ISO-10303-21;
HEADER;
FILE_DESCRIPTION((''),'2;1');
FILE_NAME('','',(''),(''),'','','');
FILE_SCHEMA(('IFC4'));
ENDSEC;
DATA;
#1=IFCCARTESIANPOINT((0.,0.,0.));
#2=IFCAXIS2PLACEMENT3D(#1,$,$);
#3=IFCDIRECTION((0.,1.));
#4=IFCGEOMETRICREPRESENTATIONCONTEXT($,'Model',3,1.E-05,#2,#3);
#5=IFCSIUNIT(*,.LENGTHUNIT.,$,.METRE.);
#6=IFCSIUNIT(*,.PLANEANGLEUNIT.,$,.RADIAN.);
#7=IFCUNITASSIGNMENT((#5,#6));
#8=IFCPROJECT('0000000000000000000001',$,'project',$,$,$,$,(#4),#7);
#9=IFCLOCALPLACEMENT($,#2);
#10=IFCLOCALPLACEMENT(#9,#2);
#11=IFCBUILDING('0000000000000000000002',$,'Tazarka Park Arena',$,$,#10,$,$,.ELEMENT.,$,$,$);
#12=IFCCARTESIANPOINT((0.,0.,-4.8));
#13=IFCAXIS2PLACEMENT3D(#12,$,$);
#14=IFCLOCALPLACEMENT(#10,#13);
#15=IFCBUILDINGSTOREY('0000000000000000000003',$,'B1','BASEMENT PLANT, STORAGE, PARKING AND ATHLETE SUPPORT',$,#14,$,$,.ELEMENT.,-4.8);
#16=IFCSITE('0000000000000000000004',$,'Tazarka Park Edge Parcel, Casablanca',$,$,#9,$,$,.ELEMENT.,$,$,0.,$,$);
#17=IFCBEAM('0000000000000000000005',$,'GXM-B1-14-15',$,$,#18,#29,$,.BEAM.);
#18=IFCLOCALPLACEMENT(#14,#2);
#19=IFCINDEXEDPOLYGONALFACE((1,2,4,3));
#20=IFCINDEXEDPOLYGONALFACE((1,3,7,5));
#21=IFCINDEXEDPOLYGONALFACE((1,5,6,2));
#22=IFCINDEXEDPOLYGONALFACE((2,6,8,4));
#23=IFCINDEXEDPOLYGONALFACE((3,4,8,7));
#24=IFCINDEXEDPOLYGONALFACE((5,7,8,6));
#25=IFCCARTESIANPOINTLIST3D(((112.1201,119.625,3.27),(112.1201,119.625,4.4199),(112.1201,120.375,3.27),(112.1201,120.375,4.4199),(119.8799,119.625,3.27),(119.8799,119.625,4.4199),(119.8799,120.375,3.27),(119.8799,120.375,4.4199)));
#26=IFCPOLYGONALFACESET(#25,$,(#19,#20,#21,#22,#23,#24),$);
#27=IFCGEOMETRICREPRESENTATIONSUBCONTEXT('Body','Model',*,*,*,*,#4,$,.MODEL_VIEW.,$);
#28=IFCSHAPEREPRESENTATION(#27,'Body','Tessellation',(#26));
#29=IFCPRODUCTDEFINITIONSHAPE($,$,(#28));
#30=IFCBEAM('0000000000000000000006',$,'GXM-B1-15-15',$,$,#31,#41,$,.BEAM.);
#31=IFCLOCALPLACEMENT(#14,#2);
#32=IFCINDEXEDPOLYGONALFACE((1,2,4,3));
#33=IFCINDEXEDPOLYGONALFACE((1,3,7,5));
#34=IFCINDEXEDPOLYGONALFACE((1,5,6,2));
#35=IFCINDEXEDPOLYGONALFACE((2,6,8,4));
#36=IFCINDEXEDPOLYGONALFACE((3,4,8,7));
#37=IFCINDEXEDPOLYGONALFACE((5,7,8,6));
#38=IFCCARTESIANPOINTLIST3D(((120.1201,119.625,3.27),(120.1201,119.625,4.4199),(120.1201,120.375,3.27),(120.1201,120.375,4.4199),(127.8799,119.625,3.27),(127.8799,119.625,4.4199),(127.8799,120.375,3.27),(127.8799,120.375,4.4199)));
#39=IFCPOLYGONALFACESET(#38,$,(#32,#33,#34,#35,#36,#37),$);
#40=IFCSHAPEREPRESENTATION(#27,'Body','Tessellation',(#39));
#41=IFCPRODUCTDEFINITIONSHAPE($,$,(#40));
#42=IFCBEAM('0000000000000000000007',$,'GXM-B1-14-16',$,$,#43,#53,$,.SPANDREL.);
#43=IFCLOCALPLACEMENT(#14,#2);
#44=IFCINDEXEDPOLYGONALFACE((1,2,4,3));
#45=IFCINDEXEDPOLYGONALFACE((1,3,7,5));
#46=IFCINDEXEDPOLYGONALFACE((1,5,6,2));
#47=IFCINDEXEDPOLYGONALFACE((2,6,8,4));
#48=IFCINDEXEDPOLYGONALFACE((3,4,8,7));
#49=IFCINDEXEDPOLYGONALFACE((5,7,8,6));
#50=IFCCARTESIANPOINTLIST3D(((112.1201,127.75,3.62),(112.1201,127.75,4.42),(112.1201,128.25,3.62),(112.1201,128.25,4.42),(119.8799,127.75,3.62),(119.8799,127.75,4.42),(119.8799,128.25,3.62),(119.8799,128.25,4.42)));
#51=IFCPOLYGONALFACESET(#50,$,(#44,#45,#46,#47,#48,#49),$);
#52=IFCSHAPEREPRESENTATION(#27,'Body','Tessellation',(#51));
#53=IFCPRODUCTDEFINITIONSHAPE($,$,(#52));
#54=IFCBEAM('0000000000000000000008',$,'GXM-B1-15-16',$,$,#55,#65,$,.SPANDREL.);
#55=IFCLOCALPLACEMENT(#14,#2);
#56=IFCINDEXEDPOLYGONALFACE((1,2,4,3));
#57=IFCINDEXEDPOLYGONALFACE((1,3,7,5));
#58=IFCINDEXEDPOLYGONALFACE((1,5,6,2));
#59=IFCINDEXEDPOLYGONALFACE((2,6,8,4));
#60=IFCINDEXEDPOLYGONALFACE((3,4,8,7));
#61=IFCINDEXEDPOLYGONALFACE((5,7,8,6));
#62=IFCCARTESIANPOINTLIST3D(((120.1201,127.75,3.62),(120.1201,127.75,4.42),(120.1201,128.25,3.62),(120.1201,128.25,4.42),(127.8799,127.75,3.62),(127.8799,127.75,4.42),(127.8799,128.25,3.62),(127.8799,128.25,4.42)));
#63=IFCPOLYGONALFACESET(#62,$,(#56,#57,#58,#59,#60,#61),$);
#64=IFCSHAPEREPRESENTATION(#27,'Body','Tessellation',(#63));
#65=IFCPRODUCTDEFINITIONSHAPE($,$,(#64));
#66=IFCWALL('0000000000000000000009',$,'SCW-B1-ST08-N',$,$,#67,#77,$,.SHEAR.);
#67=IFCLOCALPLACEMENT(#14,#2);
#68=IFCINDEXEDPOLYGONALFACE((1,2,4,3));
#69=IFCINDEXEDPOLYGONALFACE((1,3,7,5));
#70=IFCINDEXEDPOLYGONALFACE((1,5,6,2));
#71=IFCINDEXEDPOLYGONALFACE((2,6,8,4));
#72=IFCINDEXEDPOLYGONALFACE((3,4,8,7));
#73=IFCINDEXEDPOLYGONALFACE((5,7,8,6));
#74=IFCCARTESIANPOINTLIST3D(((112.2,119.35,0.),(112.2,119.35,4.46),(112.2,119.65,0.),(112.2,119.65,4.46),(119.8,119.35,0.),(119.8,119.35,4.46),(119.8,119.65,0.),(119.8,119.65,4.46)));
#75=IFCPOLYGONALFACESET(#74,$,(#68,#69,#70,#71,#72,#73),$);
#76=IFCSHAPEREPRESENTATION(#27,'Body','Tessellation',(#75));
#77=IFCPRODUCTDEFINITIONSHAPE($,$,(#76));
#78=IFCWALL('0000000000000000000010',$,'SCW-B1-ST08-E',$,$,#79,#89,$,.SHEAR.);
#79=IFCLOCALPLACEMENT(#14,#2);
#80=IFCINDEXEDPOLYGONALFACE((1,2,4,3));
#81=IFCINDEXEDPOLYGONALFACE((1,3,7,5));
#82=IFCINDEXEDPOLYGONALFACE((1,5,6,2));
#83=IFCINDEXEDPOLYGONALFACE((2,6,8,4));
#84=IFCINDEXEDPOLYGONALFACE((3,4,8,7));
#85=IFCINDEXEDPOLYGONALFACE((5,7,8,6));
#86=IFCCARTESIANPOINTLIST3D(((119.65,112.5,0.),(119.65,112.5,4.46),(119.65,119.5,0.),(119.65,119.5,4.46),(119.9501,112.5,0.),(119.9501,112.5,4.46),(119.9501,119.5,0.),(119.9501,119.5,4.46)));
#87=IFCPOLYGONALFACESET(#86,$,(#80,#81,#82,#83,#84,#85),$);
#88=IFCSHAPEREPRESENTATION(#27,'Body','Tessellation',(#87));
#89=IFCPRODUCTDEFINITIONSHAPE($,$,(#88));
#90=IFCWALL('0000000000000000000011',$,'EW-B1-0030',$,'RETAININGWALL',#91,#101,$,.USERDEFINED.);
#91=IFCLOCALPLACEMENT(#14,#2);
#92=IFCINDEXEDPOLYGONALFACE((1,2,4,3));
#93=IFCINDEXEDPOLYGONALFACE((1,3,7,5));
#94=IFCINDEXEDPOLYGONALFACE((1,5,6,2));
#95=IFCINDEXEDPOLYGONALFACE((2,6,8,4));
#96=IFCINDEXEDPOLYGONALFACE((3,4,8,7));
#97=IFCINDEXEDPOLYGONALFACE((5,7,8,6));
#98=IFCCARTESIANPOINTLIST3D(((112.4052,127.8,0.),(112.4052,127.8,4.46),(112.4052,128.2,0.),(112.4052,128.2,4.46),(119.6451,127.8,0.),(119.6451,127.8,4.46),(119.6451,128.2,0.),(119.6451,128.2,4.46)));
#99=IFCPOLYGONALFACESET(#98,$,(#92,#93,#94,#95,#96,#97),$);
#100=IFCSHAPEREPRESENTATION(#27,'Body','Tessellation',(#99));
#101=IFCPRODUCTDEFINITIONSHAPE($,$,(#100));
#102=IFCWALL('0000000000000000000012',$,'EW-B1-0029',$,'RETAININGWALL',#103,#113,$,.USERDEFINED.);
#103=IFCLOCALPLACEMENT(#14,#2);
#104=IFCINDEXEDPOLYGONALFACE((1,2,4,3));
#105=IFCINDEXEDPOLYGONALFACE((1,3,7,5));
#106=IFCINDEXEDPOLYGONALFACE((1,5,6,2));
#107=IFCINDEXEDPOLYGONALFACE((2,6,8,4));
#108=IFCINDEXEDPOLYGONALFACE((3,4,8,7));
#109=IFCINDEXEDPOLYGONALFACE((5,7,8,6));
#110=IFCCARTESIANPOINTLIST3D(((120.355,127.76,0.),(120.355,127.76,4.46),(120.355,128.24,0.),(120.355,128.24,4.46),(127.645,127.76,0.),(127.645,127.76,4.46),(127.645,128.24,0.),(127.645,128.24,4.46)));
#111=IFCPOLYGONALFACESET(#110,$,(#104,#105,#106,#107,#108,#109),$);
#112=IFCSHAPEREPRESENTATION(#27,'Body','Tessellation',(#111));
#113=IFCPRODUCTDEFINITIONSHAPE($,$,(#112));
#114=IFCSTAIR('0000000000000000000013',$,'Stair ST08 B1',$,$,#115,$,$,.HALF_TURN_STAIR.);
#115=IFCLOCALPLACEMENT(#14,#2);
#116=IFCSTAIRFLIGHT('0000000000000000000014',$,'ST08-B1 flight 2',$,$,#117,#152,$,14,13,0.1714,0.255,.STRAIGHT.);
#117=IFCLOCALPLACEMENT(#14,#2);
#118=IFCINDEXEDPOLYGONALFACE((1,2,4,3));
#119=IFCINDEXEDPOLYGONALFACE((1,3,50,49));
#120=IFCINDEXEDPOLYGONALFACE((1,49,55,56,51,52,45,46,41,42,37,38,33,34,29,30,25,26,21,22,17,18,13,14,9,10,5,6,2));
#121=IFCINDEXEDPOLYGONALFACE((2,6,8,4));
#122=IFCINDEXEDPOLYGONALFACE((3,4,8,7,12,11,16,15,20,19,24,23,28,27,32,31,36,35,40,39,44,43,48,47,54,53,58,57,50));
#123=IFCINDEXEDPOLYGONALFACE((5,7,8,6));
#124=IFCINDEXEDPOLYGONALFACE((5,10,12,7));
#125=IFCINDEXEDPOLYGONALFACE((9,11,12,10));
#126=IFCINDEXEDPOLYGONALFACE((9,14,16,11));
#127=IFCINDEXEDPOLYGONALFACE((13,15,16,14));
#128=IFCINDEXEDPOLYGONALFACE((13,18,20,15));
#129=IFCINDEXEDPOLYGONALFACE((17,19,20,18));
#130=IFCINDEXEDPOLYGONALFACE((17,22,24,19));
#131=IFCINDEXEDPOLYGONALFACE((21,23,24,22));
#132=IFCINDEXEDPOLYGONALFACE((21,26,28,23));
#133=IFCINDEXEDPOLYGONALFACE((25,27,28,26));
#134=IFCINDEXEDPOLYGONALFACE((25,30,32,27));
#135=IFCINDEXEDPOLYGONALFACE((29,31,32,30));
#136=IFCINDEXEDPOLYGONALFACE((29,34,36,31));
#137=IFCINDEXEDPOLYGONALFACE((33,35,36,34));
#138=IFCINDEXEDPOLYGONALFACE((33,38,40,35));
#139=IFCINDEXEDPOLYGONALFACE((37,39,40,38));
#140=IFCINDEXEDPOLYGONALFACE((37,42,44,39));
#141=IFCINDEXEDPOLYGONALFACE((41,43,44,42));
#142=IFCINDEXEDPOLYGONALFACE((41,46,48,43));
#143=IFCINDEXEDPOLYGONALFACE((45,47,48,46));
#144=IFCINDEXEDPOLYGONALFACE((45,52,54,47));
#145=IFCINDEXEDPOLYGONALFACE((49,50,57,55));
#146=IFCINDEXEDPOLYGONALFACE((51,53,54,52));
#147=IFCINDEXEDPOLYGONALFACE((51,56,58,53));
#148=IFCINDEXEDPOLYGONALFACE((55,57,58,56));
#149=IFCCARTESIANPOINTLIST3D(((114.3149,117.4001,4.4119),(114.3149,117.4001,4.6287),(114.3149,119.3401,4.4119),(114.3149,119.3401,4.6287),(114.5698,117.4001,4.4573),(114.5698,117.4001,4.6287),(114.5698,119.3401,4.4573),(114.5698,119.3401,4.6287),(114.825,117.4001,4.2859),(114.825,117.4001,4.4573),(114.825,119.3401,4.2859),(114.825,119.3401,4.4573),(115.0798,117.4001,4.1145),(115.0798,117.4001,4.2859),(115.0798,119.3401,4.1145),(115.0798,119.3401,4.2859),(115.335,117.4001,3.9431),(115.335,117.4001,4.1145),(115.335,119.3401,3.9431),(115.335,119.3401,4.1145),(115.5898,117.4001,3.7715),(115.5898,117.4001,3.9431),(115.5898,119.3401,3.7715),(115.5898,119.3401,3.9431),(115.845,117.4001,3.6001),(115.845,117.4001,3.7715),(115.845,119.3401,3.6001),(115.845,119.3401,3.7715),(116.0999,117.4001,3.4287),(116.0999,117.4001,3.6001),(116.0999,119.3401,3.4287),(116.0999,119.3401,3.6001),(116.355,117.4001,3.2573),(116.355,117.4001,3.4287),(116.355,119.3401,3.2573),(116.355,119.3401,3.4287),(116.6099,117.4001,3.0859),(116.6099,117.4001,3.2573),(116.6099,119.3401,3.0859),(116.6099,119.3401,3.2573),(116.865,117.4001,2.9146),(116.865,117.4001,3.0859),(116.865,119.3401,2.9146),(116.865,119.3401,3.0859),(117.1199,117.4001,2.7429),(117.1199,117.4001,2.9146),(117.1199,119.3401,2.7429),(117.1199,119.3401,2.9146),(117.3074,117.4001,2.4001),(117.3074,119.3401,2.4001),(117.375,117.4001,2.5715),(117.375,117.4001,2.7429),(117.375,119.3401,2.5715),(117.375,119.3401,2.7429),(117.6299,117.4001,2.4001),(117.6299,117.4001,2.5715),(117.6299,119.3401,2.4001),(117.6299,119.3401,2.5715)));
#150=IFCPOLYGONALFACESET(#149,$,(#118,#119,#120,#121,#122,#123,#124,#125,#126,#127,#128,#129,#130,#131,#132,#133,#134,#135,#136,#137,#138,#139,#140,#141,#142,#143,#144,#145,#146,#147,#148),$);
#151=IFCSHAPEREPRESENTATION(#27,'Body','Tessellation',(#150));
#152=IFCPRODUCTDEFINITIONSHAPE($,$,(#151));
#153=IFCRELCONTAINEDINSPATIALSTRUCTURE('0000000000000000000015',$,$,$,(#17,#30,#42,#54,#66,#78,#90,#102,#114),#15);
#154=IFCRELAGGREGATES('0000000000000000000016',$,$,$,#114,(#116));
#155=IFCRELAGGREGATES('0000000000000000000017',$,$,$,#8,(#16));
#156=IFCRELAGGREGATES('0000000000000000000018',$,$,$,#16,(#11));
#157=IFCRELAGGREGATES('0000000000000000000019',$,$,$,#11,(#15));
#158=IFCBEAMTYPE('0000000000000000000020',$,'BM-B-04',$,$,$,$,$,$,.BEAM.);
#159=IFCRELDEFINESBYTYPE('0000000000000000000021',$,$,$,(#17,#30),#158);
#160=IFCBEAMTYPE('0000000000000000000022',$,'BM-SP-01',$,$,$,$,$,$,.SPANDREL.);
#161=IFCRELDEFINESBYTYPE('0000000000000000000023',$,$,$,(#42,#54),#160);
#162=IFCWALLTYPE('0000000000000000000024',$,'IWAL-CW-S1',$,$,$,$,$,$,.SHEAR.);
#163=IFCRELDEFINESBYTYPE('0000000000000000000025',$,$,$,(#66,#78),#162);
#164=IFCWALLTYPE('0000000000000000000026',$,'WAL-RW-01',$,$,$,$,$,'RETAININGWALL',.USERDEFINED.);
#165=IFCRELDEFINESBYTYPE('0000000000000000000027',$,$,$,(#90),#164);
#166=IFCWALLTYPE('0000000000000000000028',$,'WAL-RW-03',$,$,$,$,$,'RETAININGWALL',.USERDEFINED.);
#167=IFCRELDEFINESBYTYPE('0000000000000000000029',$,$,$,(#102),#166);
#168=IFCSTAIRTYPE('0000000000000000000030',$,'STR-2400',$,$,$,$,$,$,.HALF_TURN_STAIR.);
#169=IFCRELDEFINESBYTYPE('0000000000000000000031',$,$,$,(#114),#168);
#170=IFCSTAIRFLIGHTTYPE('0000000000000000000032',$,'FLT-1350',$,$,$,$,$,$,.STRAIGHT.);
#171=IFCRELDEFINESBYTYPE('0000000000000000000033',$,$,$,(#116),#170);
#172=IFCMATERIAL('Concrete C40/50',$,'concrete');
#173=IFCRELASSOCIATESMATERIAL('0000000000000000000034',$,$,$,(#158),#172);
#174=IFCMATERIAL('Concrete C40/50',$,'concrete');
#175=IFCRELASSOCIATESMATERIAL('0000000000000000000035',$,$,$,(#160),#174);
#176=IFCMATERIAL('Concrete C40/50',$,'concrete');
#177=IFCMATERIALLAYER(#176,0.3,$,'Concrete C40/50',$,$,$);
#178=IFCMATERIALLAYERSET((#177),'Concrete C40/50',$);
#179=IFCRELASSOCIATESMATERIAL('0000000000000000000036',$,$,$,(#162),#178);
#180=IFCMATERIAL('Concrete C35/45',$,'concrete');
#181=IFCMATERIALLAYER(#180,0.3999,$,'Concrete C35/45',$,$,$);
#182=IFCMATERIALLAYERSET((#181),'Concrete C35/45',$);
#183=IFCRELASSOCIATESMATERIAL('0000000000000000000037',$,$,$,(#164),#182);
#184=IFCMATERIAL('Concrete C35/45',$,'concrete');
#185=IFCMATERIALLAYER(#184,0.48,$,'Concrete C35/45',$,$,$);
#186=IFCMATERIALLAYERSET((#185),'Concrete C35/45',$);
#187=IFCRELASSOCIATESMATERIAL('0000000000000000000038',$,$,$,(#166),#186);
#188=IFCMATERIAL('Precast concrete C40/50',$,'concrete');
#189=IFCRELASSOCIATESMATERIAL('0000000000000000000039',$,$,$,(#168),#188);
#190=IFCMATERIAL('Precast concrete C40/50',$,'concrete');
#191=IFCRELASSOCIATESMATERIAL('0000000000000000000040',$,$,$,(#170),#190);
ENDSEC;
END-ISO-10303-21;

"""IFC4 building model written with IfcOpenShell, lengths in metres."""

from ifc_helpers import new_model, si_unit, direction, frame, frame_2d, origin, origin_2d, place, context, subcontext, project, spatial, polyline, rectangle, outline, extrude, material, layer, layer_set, material_profile, profile_set, type_object, element, aggregate, save


model = new_model("IFC4")

# Units and contexts
model_context = context("Model", 3, precision=1e-05, world=origin(), true_north=direction((0.0, 1.0)))
body_context = subcontext(model_context, "Body", "Model", "MODEL_VIEW")
ifc_project = project(units=[si_unit("LENGTHUNIT", "METRE"), si_unit("PLANEANGLEUNIT", "RADIAN")], contexts=[model_context])

# Site, building, storey
site_placement = place(None, origin())
site = spatial("IfcSite", under=ifc_project, at=site_placement, Name="Tazarka Park Edge Parcel, Casablanca", CompositionType="ELEMENT", RefElevation=0.0)
building_placement = place(site_placement, origin())
building = spatial("IfcBuilding", under=site, at=building_placement, Name="Tazarka Park Arena", CompositionType="ELEMENT")
storey_placement = place(building_placement, frame((0.0, 0.0, -4.8)))
storey = spatial("IfcBuildingStorey", under=building, at=storey_placement, Name="B1", Description="BASEMENT PLANT, STORAGE, PARKING AND ATHLETE SUPPORT", CompositionType="ELEMENT", Elevation=-4.8)

# Beams
ifc_material_1 = material(Name="Concrete C40/50", Category="concrete")
ifc_material_profile_1 = material_profile(ifc_material_1, rectangle(XDim=0.75, YDim=1.1499, at=origin_2d()), Name="Concrete C40/50")
ifc_profile_set_1 = profile_set([ifc_material_profile_1], Name="Concrete C40/50")
beam_type_1 = type_object("IfcBeamType", Name="BM-B-04", PredefinedType="BEAM", material=ifc_profile_set_1)
for number, where, z_axis, x_axis, name in (
    (1, (112.1201, 120.0, 3.845), (1.0, 0.0, 0.0), (0.0, 1.0, 0.0), "GXM-B1-14-15"),
    (2, (120.1201, 120.0, 3.845), (1.0, 0.0, 0.0), (0.0, 1.0, 0.0), "GXM-B1-15-15"),
):
    element("IfcBeam", number, at=place(storey_placement, frame(where, z_axis=z_axis, x_axis=x_axis)), inside=storey, type_object=beam_type_1, Name=name, PredefinedType="BEAM", context=body_context, shape_type="SweptSolid", body=[
        extrude(rectangle(XDim=0.75, YDim=1.1499, at=origin_2d()), origin(), (0.0, 0.0, 1.0), 7.7598),
    ])
ifc_material_2 = material(Name="Concrete C40/50", Category="concrete")
ifc_material_profile_2 = material_profile(ifc_material_2, rectangle(XDim=0.5, YDim=0.8, at=origin_2d()), Name="Concrete C40/50")
ifc_profile_set_2 = profile_set([ifc_material_profile_2], Name="Concrete C40/50")
beam_type_2 = type_object("IfcBeamType", Name="BM-SP-01", PredefinedType="SPANDREL", material=ifc_profile_set_2)
for number, where, z_axis, x_axis, name in (
    (3, (112.1201, 128.0, 4.02), (1.0, 0.0, 0.0), (0.0, 1.0, 0.0), "GXM-B1-14-16"),
    (4, (120.1201, 128.0, 4.02), (1.0, 0.0, 0.0), (0.0, 1.0, 0.0), "GXM-B1-15-16"),
):
    element("IfcBeam", number, at=place(storey_placement, frame(where, z_axis=z_axis, x_axis=x_axis)), inside=storey, type_object=beam_type_2, Name=name, PredefinedType="SPANDREL", context=body_context, shape_type="SweptSolid", body=[
        extrude(rectangle(XDim=0.5, YDim=0.8, at=origin_2d()), origin(), (0.0, 0.0, 1.0), 7.7598),
    ])

# Walls
ifc_material_3 = material(Name="Concrete C40/50", Category="concrete")
ifc_layer_1 = layer(ifc_material_3, 0.3, Name="Concrete C40/50")
ifc_layer_set_1 = layer_set([ifc_layer_1], Name="Concrete C40/50")
wall_type_1 = type_object("IfcWallType", Name="IWAL-CW-S1", PredefinedType="SHEAR", material=ifc_layer_set_1)
wall_1_placement = place(storey_placement, frame((112.2, 119.5, 0.0), z_axis=(0.0, 0.0, 1.0), x_axis=(1.0, 0.0, 0.0)))
element("IfcWall", 5, at=wall_1_placement, inside=storey, type_object=wall_type_1, Name="SCW-B1-ST08-N", PredefinedType="SHEAR", context=body_context, shape_type="SweptSolid", body=[
    extrude(rectangle(XDim=7.6001, YDim=0.3, at=frame_2d((3.8, 0.0))), origin(), (0.0, 0.0, 1.0), 4.46),
])
wall_2_placement = place(storey_placement, frame((119.8, 119.5, 0.0), z_axis=(0.0, 0.0, 1.0), x_axis=(0.0, -1.0, 0.0)))
element("IfcWall", 6, at=wall_2_placement, inside=storey, type_object=wall_type_1, Name="SCW-B1-ST08-E", PredefinedType="SHEAR", context=body_context, shape_type="SweptSolid", body=[
    extrude(rectangle(XDim=7.0, YDim=0.3, at=frame_2d((3.5, 0.0))), origin(), (0.0, 0.0, 1.0), 4.46),
])
ifc_material_4 = material(Name="Concrete C35/45", Category="concrete")
ifc_layer_2 = layer(ifc_material_4, 0.3999, Name="Concrete C35/45")
ifc_layer_set_2 = layer_set([ifc_layer_2], Name="Concrete C35/45")
wall_type_2 = type_object("IfcWallType", Name="WAL-RW-01", ElementType="RETAININGWALL", PredefinedType="USERDEFINED", material=ifc_layer_set_2)
wall_3_placement = place(storey_placement, frame((112.405, 128.0, 0.0), z_axis=(0.0, 0.0, 1.0), x_axis=(1.0, 0.0, 0.0)))
element("IfcWall", 7, at=wall_3_placement, inside=storey, type_object=wall_type_2, Name="EW-B1-0030", ObjectType="RETAININGWALL", PredefinedType="USERDEFINED", context=body_context, shape_type="SweptSolid", body=[
    extrude(rectangle(XDim=7.24, YDim=0.3999, at=frame_2d((3.6201, 0.0))), origin(), (0.0, 0.0, 1.0), 4.46),
])
ifc_material_5 = material(Name="Concrete C35/45", Category="concrete")
ifc_layer_3 = layer(ifc_material_5, 0.48, Name="Concrete C35/45")
ifc_layer_set_3 = layer_set([ifc_layer_3], Name="Concrete C35/45")
wall_type_3 = type_object("IfcWallType", Name="WAL-RW-03", ElementType="RETAININGWALL", PredefinedType="USERDEFINED", material=ifc_layer_set_3)
wall_4_placement = place(storey_placement, frame((120.355, 128.0, 0.0), z_axis=(0.0, 0.0, 1.0), x_axis=(1.0, 0.0, 0.0)))
element("IfcWall", 8, at=wall_4_placement, inside=storey, type_object=wall_type_3, Name="EW-B1-0029", ObjectType="RETAININGWALL", PredefinedType="USERDEFINED", context=body_context, shape_type="SweptSolid", body=[
    extrude(rectangle(XDim=7.29, YDim=0.48, at=frame_2d((3.645, 0.0))), origin(), (0.0, 0.0, 1.0), 4.46),
])

# Stair, stair flight
ifc_material_6 = material(Name="Precast concrete C40/50", Category="concrete")
stair_type = type_object("IfcStairType", Name="STR-2400", PredefinedType="HALF_TURN_STAIR", material=ifc_material_6)
stair_placement = place(storey_placement, origin())
stair = element("IfcStair", 9, at=stair_placement, inside=storey, type_object=stair_type, Name="Stair ST08 B1", PredefinedType="HALF_TURN_STAIR")
ifc_material_7 = material(Name="Precast concrete C40/50", Category="concrete")
stair_flight_type = type_object("IfcStairFlightType", Name="FLT-1350", PredefinedType="STRAIGHT", material=ifc_material_7)
stair_flight_placement = place(storey_placement, frame((117.6299, 118.3701, 2.4001), z_axis=(0.0, 0.0, 1.0), x_axis=(-1.0, 0.0, 0.0)))
stair_flight = element("IfcStairFlight", 10, at=stair_flight_placement, type_object=stair_flight_type, Name="ST08-B1 flight 2", NumberOfRisers=14, NumberOfTreads=13, PredefinedType="STRAIGHT", RiserHeight=0.1714, TreadLength=0.255, context=body_context, shape_type="SweptSolid", body=[
    extrude(outline(polyline([(0.0, 0.0), (0.0, 0.1714), (0.2549, 0.1714), (0.2549, 0.3428), (0.51, 0.3428), (0.51, 0.5144), (0.7649, 0.5144), (0.7649, 0.6858), (1.02, 0.6858), (1.02, 0.8572), (1.2749, 0.8572), (1.2749, 1.0286), (1.53, 1.0286), (1.53, 1.2), (1.7849, 1.2), (1.7849, 1.3713), (2.04, 1.3713), (2.04, 1.543), (2.2949, 1.543), (2.2949, 1.7144), (2.55, 1.7144), (2.55, 1.8857), (2.8049, 1.8857), (2.8049, 2.0571), (3.0601, 2.0571), (3.0601, 2.2285), (3.3149, 2.2285), (3.3149, 2.3999), (3.3149, 2.0117), (0.3225, 0.0), (0.0, 0.0)])), frame((0.0, 0.97, 0.0), z_axis=(0.0, -1.0, 0.0), x_axis=(1.0, 0.0, 0.0)), (0.0, 0.0, 1.0), 1.9399),
])
aggregate(stair, [stair_flight])

save(model, "model.ifc")
